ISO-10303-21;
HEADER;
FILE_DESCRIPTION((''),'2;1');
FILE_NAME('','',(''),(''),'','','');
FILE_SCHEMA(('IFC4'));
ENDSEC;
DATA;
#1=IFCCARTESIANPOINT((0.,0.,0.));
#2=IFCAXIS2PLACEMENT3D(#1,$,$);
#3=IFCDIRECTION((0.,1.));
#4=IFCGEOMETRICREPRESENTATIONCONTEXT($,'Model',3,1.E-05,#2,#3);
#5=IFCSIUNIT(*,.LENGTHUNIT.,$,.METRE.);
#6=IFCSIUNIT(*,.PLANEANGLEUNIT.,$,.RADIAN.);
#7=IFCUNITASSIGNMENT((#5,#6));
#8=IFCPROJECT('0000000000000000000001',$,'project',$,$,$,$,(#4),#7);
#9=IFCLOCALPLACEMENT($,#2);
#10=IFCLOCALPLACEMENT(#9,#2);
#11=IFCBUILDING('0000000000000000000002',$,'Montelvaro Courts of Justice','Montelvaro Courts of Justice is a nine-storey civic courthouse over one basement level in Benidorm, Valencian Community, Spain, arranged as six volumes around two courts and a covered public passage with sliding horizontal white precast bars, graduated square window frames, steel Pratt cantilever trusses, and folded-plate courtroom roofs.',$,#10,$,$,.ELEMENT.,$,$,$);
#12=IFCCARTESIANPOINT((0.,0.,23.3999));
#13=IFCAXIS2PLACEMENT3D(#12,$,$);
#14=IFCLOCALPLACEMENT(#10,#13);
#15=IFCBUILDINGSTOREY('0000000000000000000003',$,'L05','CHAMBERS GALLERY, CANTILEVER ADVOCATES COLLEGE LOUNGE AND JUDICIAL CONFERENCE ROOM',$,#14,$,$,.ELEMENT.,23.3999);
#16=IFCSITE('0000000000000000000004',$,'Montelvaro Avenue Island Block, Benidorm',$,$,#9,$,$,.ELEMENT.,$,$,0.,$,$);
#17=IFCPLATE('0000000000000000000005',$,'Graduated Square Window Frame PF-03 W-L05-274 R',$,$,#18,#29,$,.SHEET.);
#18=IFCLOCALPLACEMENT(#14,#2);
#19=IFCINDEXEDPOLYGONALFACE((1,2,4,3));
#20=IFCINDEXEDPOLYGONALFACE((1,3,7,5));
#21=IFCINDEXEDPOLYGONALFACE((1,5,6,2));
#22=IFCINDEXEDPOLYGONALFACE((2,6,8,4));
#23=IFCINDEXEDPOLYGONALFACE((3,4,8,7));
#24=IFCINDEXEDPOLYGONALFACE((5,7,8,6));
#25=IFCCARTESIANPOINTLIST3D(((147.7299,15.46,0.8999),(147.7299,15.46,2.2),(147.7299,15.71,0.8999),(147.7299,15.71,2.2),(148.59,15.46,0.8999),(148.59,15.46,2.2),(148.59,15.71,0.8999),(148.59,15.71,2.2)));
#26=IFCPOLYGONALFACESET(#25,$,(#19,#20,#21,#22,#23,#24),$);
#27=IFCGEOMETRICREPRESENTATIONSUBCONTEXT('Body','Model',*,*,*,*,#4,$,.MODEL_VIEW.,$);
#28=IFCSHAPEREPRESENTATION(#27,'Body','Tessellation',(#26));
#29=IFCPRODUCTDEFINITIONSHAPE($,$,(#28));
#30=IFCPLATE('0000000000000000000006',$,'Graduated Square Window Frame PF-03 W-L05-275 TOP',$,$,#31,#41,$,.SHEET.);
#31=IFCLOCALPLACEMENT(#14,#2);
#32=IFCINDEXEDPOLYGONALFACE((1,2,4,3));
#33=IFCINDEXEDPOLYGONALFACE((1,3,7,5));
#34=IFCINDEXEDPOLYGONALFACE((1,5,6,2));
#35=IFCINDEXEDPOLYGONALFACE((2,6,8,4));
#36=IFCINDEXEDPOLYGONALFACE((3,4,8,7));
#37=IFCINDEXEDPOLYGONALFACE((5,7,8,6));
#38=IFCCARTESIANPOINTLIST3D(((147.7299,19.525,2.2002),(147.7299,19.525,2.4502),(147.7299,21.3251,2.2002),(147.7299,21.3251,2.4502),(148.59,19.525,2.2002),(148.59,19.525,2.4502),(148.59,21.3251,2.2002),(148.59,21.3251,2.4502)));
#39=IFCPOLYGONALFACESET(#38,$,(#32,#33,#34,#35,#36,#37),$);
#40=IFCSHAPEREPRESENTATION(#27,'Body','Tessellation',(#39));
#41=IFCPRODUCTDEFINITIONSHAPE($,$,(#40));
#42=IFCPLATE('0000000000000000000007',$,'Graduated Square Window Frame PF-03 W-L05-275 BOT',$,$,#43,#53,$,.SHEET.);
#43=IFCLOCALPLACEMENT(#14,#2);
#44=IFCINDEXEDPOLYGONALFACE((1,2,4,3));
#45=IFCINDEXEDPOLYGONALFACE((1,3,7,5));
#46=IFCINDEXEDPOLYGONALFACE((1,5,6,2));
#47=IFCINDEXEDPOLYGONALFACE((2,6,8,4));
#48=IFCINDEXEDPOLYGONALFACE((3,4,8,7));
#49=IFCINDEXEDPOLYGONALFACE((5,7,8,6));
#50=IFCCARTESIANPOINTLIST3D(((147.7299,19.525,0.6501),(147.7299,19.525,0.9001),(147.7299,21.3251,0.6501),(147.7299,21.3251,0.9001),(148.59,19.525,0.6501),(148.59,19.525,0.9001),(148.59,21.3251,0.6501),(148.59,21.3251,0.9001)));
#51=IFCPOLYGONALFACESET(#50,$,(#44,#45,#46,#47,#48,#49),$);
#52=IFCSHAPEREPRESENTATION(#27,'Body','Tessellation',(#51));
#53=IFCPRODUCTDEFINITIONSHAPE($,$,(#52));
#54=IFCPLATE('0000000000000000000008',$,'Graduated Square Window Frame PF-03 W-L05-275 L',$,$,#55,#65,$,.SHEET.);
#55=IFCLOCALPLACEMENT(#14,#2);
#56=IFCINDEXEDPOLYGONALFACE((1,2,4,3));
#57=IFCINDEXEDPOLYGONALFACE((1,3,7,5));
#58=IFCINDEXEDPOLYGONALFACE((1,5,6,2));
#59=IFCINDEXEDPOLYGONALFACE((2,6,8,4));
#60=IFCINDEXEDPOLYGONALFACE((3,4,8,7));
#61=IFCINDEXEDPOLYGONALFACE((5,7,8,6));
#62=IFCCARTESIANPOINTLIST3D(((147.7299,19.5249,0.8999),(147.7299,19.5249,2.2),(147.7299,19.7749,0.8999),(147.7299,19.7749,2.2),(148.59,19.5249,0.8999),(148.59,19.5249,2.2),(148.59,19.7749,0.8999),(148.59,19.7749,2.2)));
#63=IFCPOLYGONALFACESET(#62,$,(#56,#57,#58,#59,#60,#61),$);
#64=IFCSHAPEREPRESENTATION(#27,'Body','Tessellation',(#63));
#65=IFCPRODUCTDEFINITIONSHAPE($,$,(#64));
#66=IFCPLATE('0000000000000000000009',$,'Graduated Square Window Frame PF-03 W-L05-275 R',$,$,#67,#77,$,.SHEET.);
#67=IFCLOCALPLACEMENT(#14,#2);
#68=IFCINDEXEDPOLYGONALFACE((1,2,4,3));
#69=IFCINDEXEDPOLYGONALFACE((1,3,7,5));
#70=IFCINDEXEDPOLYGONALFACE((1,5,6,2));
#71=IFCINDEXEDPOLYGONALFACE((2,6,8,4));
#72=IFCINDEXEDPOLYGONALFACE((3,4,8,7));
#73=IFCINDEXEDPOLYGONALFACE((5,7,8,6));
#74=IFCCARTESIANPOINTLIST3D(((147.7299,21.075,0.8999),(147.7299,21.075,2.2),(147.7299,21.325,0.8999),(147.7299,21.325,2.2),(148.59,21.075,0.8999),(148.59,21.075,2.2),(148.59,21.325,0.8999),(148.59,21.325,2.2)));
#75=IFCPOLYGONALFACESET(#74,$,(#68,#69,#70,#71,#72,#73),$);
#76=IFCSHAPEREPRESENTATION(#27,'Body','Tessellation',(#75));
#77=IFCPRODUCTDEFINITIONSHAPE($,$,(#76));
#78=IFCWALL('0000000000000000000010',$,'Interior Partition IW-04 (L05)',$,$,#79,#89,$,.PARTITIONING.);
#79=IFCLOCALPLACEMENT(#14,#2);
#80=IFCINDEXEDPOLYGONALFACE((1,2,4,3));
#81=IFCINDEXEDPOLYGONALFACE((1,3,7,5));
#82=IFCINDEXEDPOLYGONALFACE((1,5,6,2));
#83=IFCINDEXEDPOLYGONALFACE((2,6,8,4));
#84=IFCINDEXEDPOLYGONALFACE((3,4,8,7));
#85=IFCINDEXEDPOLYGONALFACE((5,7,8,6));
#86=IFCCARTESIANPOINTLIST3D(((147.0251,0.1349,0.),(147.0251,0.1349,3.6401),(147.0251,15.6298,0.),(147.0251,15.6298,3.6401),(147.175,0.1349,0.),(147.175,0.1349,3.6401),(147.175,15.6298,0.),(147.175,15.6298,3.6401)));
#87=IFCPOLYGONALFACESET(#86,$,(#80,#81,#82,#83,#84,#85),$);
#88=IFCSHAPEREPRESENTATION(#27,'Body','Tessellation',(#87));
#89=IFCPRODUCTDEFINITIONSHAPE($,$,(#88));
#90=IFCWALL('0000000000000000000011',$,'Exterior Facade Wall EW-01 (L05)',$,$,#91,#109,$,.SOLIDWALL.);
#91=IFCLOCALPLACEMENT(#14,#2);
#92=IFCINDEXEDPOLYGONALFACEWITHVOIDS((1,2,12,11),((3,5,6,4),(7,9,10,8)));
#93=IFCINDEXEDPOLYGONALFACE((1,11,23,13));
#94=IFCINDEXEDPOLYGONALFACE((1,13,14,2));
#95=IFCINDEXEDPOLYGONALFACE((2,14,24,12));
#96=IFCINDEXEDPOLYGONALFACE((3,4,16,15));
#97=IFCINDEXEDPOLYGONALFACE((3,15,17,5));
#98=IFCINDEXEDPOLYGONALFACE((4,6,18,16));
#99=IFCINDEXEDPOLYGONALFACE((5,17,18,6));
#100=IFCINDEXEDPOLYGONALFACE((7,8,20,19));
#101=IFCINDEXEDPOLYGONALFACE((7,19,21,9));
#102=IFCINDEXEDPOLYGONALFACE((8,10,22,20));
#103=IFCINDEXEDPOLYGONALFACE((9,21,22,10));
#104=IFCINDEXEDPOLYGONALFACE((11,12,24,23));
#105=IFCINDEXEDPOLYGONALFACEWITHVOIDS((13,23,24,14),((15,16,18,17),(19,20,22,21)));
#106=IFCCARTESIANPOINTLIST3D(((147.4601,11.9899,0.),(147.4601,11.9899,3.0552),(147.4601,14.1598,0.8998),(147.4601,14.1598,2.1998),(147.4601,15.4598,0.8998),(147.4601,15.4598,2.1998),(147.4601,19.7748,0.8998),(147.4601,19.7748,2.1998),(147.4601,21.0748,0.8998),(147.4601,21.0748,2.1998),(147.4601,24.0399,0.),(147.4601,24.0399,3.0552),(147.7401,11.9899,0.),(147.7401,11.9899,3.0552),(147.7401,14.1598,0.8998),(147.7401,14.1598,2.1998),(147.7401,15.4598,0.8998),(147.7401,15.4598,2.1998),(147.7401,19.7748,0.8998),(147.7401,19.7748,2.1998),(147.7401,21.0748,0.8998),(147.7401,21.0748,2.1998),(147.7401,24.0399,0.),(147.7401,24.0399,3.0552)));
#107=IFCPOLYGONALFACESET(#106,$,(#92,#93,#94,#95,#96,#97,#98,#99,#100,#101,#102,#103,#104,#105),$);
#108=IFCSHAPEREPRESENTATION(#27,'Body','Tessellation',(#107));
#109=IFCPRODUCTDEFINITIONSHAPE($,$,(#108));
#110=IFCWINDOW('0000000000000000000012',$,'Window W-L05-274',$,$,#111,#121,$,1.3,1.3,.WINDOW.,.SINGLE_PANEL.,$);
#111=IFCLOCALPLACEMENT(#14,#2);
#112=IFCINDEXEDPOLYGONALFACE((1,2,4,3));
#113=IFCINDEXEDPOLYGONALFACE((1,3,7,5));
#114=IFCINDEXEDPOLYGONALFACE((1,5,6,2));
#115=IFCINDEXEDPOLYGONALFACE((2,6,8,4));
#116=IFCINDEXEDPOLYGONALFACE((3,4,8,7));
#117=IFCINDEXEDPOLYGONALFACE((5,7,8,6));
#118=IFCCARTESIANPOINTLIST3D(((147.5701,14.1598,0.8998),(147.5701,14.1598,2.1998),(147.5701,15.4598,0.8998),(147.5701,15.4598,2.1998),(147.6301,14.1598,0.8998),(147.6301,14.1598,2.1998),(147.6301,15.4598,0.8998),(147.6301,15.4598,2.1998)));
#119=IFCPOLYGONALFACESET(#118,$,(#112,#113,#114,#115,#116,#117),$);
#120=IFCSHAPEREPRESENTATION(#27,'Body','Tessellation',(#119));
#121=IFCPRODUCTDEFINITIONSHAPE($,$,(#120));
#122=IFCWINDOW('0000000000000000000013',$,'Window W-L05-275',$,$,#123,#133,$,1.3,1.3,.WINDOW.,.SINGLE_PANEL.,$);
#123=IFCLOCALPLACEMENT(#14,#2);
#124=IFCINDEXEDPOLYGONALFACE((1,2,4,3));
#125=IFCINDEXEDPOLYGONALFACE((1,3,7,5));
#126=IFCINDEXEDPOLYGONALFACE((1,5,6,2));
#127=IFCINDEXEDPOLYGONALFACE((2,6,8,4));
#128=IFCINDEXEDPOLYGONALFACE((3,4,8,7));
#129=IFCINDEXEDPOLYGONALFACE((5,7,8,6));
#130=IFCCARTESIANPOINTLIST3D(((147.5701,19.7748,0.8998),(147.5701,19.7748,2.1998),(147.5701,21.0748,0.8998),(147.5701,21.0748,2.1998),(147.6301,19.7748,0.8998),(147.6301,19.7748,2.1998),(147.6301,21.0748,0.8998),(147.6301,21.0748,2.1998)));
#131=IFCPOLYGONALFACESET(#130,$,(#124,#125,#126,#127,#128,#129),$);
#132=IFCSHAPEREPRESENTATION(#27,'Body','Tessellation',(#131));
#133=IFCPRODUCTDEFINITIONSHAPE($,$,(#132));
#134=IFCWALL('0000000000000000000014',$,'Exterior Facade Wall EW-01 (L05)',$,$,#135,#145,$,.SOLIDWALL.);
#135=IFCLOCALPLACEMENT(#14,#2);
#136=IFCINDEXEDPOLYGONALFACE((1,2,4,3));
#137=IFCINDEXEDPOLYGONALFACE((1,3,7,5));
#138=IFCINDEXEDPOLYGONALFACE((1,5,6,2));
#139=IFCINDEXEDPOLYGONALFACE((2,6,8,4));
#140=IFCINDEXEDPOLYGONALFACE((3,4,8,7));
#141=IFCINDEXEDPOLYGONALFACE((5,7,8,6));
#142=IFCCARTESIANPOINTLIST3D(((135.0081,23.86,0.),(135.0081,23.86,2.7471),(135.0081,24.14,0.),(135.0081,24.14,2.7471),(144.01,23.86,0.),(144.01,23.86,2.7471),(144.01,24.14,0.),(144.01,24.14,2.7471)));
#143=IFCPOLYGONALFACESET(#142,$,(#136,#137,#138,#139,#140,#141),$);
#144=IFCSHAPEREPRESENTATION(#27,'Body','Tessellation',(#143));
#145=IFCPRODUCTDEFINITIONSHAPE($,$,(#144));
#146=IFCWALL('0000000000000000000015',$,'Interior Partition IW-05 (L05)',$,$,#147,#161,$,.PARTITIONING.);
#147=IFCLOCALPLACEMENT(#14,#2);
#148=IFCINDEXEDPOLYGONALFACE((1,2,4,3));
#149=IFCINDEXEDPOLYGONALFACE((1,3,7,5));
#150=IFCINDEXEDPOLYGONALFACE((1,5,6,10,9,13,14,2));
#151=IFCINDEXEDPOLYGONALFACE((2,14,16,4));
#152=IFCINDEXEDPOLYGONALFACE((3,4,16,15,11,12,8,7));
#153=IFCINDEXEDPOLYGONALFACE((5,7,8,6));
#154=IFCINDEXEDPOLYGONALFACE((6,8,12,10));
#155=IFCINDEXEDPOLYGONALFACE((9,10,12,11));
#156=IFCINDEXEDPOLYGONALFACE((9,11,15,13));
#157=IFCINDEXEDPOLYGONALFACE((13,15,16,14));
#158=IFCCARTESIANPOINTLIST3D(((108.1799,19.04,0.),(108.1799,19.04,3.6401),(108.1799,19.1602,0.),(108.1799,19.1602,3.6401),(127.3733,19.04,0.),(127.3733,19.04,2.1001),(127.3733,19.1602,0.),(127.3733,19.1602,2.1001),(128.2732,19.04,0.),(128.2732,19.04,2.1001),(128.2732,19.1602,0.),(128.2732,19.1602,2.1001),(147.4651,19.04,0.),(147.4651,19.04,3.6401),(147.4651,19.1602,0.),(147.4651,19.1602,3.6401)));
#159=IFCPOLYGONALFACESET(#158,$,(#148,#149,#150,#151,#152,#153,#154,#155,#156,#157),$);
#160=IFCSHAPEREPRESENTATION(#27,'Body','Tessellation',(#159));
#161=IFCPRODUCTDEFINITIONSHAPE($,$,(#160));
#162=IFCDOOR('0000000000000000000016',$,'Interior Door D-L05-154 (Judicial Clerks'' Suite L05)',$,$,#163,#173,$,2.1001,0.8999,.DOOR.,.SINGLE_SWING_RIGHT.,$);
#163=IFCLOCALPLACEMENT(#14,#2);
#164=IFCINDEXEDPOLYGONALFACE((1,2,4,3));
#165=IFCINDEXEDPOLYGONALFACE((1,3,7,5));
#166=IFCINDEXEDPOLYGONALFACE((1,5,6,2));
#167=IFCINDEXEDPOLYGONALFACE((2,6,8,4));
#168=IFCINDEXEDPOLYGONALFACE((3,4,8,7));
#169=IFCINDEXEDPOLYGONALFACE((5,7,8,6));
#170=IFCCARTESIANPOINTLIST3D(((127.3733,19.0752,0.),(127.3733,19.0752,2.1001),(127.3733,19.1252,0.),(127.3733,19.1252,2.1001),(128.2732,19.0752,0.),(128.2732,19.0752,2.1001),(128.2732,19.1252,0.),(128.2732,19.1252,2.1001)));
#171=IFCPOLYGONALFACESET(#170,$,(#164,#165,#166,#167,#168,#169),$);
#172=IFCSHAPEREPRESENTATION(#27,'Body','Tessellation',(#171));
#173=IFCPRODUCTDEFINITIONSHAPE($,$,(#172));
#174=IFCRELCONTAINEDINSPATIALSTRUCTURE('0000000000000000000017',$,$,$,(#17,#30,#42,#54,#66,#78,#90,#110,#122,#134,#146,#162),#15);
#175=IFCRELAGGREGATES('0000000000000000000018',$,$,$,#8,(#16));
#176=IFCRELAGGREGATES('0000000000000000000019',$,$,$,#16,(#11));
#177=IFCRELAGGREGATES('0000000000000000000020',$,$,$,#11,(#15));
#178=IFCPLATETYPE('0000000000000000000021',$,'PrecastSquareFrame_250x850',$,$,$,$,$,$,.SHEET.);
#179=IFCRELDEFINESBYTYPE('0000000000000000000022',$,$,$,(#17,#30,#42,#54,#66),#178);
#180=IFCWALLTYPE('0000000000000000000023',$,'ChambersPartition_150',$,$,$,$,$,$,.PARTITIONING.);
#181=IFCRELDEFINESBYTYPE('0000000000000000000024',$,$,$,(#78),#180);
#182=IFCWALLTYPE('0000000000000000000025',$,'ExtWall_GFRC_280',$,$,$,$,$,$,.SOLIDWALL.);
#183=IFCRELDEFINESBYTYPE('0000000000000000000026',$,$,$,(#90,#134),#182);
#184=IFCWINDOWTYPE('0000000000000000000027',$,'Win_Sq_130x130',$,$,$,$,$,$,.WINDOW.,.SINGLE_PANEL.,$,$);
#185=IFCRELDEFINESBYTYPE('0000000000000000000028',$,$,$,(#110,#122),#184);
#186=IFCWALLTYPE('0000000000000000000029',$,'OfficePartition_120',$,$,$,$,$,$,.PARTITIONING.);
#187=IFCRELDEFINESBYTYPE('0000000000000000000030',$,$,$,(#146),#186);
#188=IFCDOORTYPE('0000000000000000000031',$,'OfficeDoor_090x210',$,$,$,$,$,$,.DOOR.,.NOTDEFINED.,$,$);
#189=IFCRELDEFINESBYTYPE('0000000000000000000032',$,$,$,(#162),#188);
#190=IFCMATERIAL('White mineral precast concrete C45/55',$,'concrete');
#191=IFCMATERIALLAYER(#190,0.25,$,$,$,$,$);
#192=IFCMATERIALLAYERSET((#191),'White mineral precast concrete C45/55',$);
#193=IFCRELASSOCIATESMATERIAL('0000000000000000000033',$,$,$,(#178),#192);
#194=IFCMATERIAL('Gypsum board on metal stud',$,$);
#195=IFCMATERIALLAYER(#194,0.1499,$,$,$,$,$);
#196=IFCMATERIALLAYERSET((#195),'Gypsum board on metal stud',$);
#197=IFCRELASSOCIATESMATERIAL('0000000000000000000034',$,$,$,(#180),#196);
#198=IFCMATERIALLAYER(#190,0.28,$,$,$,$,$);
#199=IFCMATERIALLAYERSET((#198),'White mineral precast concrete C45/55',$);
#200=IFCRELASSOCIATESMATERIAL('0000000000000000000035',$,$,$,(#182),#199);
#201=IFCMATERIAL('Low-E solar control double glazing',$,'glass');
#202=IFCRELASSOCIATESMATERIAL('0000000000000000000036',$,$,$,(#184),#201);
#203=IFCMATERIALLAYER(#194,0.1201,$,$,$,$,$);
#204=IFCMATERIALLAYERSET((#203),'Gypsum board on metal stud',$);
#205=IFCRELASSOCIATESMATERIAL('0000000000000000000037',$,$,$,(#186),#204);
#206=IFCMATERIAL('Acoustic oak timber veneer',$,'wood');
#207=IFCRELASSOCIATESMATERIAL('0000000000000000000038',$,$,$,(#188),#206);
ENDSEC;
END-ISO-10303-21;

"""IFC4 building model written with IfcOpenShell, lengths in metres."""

from ifc_helpers import new_model, si_unit, direction, frame, frame_2d, origin, origin_2d, place, context, subcontext, project, spatial, rectangle, extrude, material, layer, layer_set, type_object, element, fill, save


model = new_model("IFC4")

# Units and contexts
model_context = context("Model", 3, precision=1e-05, world=origin(), true_north=direction((0.0, 1.0)))
body_context = subcontext(model_context, "Body", "Model", "MODEL_VIEW")
ifc_project = project(units=[si_unit("LENGTHUNIT", "METRE"), si_unit("PLANEANGLEUNIT", "RADIAN")], contexts=[model_context])

# Site, building, storey
site_placement = place(None, origin())
site = spatial("IfcSite", under=ifc_project, at=site_placement, Name="Montelvaro Avenue Island Block, Benidorm", CompositionType="ELEMENT", RefElevation=0.0)
building_placement = place(site_placement, origin())
building = spatial("IfcBuilding", under=site, at=building_placement, Name="Montelvaro Courts of Justice", Description="Montelvaro Courts of Justice is a nine-storey civic courthouse over one basement level in Benidorm, Valencian Community, Spain, arranged as six volumes around two courts and a covered public passage with sliding horizontal white precast bars, graduated square window frames, steel Pratt cantilever trusses, and folded-plate courtroom roofs.", CompositionType="ELEMENT")
storey_placement = place(building_placement, frame((0.0, 0.0, 23.3999)))
storey = spatial("IfcBuildingStorey", under=building, at=storey_placement, Name="L05", Description="CHAMBERS GALLERY, CANTILEVER ADVOCATES COLLEGE LOUNGE AND JUDICIAL CONFERENCE ROOM", CompositionType="ELEMENT", Elevation=23.3999)

# Plates
ifc_material_1 = material(Name="White mineral precast concrete C45/55", Category="concrete")
ifc_layer_1 = layer(ifc_material_1, 0.25)
ifc_layer_set_1 = layer_set([ifc_layer_1], Name="White mineral precast concrete C45/55")
plate_type_1 = type_object("IfcPlateType", Name="PrecastSquareFrame_250x850", PredefinedType="SHEET", material=ifc_layer_set_1)
for number, where, z_axis, x_axis, name in (
    (1, (148.1599, 15.585, 0.8999), (0.0, 0.0, 1.0), (0.0, 1.0, 0.0), "Graduated Square Window Frame PF-03 W-L05-274 R"),
):
    element("IfcPlate", number, at=place(storey_placement, frame(where, z_axis=z_axis, x_axis=x_axis)), inside=storey, type_object=plate_type_1, Name=name, PredefinedType="SHEET", context=body_context, shape_type="SweptSolid", body=[
        extrude(rectangle(XDim=0.25, YDim=0.8601, at=origin_2d()), origin(), (0.0, 0.0, 1.0), 1.3),
    ])
for number, where, z_axis, x_axis, name in (
    (2, (148.1599, 20.425, 2.2002), (0.0, 0.0, 1.0), (0.0, 1.0, 0.0), "Graduated Square Window Frame PF-03 W-L05-275 TOP"),
    (3, (148.1599, 20.425, 0.6501), (0.0, 0.0, 1.0), (0.0, 1.0, 0.0), "Graduated Square Window Frame PF-03 W-L05-275 BOT"),
):
    element("IfcPlate", number, at=place(storey_placement, frame(where, z_axis=z_axis, x_axis=x_axis)), inside=storey, type_object=plate_type_1, Name=name, PredefinedType="SHEET", context=body_context, shape_type="SweptSolid", body=[
        extrude(rectangle(XDim=1.8, YDim=0.8601, at=origin_2d()), origin(), (0.0, 0.0, 1.0), 0.25),
    ])
for number, where, z_axis, x_axis, name in (
    (4, (148.1599, 19.6499, 0.8999), (0.0, 0.0, 1.0), (0.0, 1.0, 0.0), "Graduated Square Window Frame PF-03 W-L05-275 L"),
    (5, (148.1599, 21.2, 0.8999), (0.0, 0.0, 1.0), (0.0, 1.0, 0.0), "Graduated Square Window Frame PF-03 W-L05-275 R"),
):
    element("IfcPlate", number, at=place(storey_placement, frame(where, z_axis=z_axis, x_axis=x_axis)), inside=storey, type_object=plate_type_1, Name=name, PredefinedType="SHEET", context=body_context, shape_type="SweptSolid", body=[
        extrude(rectangle(XDim=0.25, YDim=0.8601, at=origin_2d()), origin(), (0.0, 0.0, 1.0), 1.3),
    ])

# Wall
ifc_material_2 = material(Name="Gypsum board on metal stud")
ifc_layer_2 = layer(ifc_material_2, 0.1499)
ifc_layer_set_2 = layer_set([ifc_layer_2], Name="Gypsum board on metal stud")
wall_type_1 = type_object("IfcWallType", Name="ChambersPartition_150", PredefinedType="PARTITIONING", material=ifc_layer_set_2)
wall_1_placement = place(storey_placement, frame((147.1001, 15.6299, 0.0), z_axis=(0.0, 0.0, 1.0), x_axis=(0.0, -1.0, 0.0)))
element("IfcWall", 6, at=wall_1_placement, inside=storey, type_object=wall_type_1, Name="Interior Partition IW-04 (L05)", PredefinedType="PARTITIONING", context=body_context, shape_type="SweptSolid", body=[
    extrude(rectangle(XDim=15.4949, YDim=0.1499, at=frame_2d((7.7476, 0.0))), origin(), (0.0, 0.0, 1.0), 3.6401),
])

# Wall, openings, windows
ifc_layer_3 = layer(ifc_material_1, 0.28)
ifc_layer_set_3 = layer_set([ifc_layer_3], Name="White mineral precast concrete C45/55")
wall_type_2 = type_object("IfcWallType", Name="ExtWall_GFRC_280", PredefinedType="SOLIDWALL", material=ifc_layer_set_3)
wall_2_placement = place(storey_placement, frame((147.6001, 11.99, 0.0), z_axis=(0.0, 0.0, 1.0), x_axis=(0.0, 1.0, 0.0)))
wall_2 = element("IfcWall", 7, at=wall_2_placement, inside=storey, type_object=wall_type_2, Name="Exterior Facade Wall EW-01 (L05)", PredefinedType="SOLIDWALL", context=body_context, shape_type="SweptSolid", body=[
    extrude(rectangle(XDim=12.05, YDim=0.28, at=frame_2d((6.0249, 0.0))), origin(), (0.0, 0.0, 1.0), 3.0552),
])
opening_1_placement = place(wall_2_placement, frame((2.1699, 0.0, 0.8999)))
opening_1 = element("IfcOpeningElement", 8, at=opening_1_placement, cuts=wall_2, PredefinedType="OPENING", context=body_context, shape_type="SweptSolid", body=[
    extrude(rectangle(XDim=1.3, YDim=1.3, at=frame_2d((0.6499, 0.6499))), frame((0.0, 0.1548, 0.0), z_axis=(0.0, -1.0, 0.0), x_axis=(1.0, 0.0, 0.0)), (0.0, 0.0, 1.0), 0.3098),
])
opening_2_placement = place(wall_2_placement, frame((7.7849, 0.0, 0.8999)))
opening_2 = element("IfcOpeningElement", 9, at=opening_2_placement, cuts=wall_2, PredefinedType="OPENING", context=body_context, shape_type="SweptSolid", body=[
    extrude(rectangle(XDim=1.3, YDim=1.3, at=frame_2d((0.6499, 0.6499))), frame((0.0, 0.1548, 0.0), z_axis=(0.0, -1.0, 0.0), x_axis=(1.0, 0.0, 0.0)), (0.0, 0.0, 1.0), 0.3098),
])
ifc_material_3 = material(Name="Low-E solar control double glazing", Category="glass")
window_type = type_object("IfcWindowType", Name="Win_Sq_130x130", PartitioningType="SINGLE_PANEL", PredefinedType="WINDOW", material=ifc_material_3)
window_1_placement = place(opening_1_placement, origin())
window_1 = element("IfcWindow", 10, at=window_1_placement, inside=storey, type_object=window_type, Name="Window W-L05-274", OverallHeight=1.3, OverallWidth=1.3, PartitioningType="SINGLE_PANEL", PredefinedType="WINDOW", context=body_context, shape_type="SweptSolid", body=[
    extrude(rectangle(XDim=1.3, YDim=1.3, at=frame_2d((0.6499, 0.6499))), frame((0.0, 0.03, 0.0), z_axis=(0.0, -1.0, 0.0), x_axis=(1.0, 0.0, 0.0)), (0.0, 0.0, 1.0), 0.0601),
])
fill(opening_1, window_1)
window_2_placement = place(opening_2_placement, origin())
window_2 = element("IfcWindow", 11, at=window_2_placement, inside=storey, type_object=window_type, Name="Window W-L05-275", OverallHeight=1.3, OverallWidth=1.3, PartitioningType="SINGLE_PANEL", PredefinedType="WINDOW", context=body_context, shape_type="SweptSolid", body=[
    extrude(rectangle(XDim=1.3, YDim=1.3, at=frame_2d((0.6499, 0.6499))), frame((0.0, 0.03, 0.0), z_axis=(0.0, -1.0, 0.0), x_axis=(1.0, 0.0, 0.0)), (0.0, 0.0, 1.0), 0.0601),
])
fill(opening_2, window_2)

# Wall
wall_3_placement = place(storey_placement, frame((144.01, 24.0, 0.0), z_axis=(0.0, 0.0, 1.0), x_axis=(-1.0, 0.0, 0.0)))
element("IfcWall", 12, at=wall_3_placement, inside=storey, type_object=wall_type_2, Name="Exterior Facade Wall EW-01 (L05)", PredefinedType="SOLIDWALL", context=body_context, shape_type="SweptSolid", body=[
    extrude(rectangle(XDim=9.002, YDim=0.28, at=frame_2d((4.501, 0.0))), origin(), (0.0, 0.0, 1.0), 2.7471),
])

# Wall, opening, door
ifc_layer_4 = layer(ifc_material_2, 0.1201)
ifc_layer_set_4 = layer_set([ifc_layer_4], Name="Gypsum board on metal stud")
wall_type_3 = type_object("IfcWallType", Name="OfficePartition_120", PredefinedType="PARTITIONING", material=ifc_layer_set_4)
wall_4_placement = place(storey_placement, frame((147.4651, 19.1001, 0.0), z_axis=(0.0, 0.0, 1.0), x_axis=(-1.0, 0.0, 0.0)))
wall_4 = element("IfcWall", 13, at=wall_4_placement, inside=storey, type_object=wall_type_3, Name="Interior Partition IW-05 (L05)", PredefinedType="PARTITIONING", context=body_context, shape_type="SweptSolid", body=[
    extrude(rectangle(XDim=39.2852, YDim=0.1201, at=frame_2d((19.6426, 0.0))), origin(), (0.0, 0.0, 1.0), 3.6401),
])
opening_3_placement = place(wall_4_placement, frame((19.1919, 0.0, 0.0)))
opening_3 = element("IfcOpeningElement", 14, at=opening_3_placement, cuts=wall_4, PredefinedType="OPENING", context=body_context, shape_type="SweptSolid", body=[
    extrude(rectangle(XDim=0.8999, YDim=2.1001, at=frame_2d((0.45, 1.05))), frame((0.0, 0.075, 0.0), z_axis=(0.0, -1.0, 0.0), x_axis=(1.0, 0.0, 0.0)), (0.0, 0.0, 1.0), 0.1499),
])
ifc_material_4 = material(Name="Acoustic oak timber veneer", Category="wood")
door_type = type_object("IfcDoorType", Name="OfficeDoor_090x210", OperationType="NOTDEFINED", PredefinedType="DOOR", material=ifc_material_4)
door_placement = place(opening_3_placement, origin())
door = element("IfcDoor", 15, at=door_placement, inside=storey, type_object=door_type, Name="Interior Door D-L05-154 (Judicial Clerks' Suite L05)", OperationType="SINGLE_SWING_RIGHT", OverallHeight=2.1001, OverallWidth=0.8999, PredefinedType="DOOR", context=body_context, shape_type="SweptSolid", body=[
    extrude(rectangle(XDim=0.8999, YDim=2.1001, at=frame_2d((0.45, 1.05))), frame((0.0, 0.0249, 0.0), z_axis=(0.0, -1.0, 0.0), x_axis=(1.0, 0.0, 0.0)), (0.0, 0.0, 1.0), 0.05),
])
fill(opening_3, door)

save(model, "model.ifc")
